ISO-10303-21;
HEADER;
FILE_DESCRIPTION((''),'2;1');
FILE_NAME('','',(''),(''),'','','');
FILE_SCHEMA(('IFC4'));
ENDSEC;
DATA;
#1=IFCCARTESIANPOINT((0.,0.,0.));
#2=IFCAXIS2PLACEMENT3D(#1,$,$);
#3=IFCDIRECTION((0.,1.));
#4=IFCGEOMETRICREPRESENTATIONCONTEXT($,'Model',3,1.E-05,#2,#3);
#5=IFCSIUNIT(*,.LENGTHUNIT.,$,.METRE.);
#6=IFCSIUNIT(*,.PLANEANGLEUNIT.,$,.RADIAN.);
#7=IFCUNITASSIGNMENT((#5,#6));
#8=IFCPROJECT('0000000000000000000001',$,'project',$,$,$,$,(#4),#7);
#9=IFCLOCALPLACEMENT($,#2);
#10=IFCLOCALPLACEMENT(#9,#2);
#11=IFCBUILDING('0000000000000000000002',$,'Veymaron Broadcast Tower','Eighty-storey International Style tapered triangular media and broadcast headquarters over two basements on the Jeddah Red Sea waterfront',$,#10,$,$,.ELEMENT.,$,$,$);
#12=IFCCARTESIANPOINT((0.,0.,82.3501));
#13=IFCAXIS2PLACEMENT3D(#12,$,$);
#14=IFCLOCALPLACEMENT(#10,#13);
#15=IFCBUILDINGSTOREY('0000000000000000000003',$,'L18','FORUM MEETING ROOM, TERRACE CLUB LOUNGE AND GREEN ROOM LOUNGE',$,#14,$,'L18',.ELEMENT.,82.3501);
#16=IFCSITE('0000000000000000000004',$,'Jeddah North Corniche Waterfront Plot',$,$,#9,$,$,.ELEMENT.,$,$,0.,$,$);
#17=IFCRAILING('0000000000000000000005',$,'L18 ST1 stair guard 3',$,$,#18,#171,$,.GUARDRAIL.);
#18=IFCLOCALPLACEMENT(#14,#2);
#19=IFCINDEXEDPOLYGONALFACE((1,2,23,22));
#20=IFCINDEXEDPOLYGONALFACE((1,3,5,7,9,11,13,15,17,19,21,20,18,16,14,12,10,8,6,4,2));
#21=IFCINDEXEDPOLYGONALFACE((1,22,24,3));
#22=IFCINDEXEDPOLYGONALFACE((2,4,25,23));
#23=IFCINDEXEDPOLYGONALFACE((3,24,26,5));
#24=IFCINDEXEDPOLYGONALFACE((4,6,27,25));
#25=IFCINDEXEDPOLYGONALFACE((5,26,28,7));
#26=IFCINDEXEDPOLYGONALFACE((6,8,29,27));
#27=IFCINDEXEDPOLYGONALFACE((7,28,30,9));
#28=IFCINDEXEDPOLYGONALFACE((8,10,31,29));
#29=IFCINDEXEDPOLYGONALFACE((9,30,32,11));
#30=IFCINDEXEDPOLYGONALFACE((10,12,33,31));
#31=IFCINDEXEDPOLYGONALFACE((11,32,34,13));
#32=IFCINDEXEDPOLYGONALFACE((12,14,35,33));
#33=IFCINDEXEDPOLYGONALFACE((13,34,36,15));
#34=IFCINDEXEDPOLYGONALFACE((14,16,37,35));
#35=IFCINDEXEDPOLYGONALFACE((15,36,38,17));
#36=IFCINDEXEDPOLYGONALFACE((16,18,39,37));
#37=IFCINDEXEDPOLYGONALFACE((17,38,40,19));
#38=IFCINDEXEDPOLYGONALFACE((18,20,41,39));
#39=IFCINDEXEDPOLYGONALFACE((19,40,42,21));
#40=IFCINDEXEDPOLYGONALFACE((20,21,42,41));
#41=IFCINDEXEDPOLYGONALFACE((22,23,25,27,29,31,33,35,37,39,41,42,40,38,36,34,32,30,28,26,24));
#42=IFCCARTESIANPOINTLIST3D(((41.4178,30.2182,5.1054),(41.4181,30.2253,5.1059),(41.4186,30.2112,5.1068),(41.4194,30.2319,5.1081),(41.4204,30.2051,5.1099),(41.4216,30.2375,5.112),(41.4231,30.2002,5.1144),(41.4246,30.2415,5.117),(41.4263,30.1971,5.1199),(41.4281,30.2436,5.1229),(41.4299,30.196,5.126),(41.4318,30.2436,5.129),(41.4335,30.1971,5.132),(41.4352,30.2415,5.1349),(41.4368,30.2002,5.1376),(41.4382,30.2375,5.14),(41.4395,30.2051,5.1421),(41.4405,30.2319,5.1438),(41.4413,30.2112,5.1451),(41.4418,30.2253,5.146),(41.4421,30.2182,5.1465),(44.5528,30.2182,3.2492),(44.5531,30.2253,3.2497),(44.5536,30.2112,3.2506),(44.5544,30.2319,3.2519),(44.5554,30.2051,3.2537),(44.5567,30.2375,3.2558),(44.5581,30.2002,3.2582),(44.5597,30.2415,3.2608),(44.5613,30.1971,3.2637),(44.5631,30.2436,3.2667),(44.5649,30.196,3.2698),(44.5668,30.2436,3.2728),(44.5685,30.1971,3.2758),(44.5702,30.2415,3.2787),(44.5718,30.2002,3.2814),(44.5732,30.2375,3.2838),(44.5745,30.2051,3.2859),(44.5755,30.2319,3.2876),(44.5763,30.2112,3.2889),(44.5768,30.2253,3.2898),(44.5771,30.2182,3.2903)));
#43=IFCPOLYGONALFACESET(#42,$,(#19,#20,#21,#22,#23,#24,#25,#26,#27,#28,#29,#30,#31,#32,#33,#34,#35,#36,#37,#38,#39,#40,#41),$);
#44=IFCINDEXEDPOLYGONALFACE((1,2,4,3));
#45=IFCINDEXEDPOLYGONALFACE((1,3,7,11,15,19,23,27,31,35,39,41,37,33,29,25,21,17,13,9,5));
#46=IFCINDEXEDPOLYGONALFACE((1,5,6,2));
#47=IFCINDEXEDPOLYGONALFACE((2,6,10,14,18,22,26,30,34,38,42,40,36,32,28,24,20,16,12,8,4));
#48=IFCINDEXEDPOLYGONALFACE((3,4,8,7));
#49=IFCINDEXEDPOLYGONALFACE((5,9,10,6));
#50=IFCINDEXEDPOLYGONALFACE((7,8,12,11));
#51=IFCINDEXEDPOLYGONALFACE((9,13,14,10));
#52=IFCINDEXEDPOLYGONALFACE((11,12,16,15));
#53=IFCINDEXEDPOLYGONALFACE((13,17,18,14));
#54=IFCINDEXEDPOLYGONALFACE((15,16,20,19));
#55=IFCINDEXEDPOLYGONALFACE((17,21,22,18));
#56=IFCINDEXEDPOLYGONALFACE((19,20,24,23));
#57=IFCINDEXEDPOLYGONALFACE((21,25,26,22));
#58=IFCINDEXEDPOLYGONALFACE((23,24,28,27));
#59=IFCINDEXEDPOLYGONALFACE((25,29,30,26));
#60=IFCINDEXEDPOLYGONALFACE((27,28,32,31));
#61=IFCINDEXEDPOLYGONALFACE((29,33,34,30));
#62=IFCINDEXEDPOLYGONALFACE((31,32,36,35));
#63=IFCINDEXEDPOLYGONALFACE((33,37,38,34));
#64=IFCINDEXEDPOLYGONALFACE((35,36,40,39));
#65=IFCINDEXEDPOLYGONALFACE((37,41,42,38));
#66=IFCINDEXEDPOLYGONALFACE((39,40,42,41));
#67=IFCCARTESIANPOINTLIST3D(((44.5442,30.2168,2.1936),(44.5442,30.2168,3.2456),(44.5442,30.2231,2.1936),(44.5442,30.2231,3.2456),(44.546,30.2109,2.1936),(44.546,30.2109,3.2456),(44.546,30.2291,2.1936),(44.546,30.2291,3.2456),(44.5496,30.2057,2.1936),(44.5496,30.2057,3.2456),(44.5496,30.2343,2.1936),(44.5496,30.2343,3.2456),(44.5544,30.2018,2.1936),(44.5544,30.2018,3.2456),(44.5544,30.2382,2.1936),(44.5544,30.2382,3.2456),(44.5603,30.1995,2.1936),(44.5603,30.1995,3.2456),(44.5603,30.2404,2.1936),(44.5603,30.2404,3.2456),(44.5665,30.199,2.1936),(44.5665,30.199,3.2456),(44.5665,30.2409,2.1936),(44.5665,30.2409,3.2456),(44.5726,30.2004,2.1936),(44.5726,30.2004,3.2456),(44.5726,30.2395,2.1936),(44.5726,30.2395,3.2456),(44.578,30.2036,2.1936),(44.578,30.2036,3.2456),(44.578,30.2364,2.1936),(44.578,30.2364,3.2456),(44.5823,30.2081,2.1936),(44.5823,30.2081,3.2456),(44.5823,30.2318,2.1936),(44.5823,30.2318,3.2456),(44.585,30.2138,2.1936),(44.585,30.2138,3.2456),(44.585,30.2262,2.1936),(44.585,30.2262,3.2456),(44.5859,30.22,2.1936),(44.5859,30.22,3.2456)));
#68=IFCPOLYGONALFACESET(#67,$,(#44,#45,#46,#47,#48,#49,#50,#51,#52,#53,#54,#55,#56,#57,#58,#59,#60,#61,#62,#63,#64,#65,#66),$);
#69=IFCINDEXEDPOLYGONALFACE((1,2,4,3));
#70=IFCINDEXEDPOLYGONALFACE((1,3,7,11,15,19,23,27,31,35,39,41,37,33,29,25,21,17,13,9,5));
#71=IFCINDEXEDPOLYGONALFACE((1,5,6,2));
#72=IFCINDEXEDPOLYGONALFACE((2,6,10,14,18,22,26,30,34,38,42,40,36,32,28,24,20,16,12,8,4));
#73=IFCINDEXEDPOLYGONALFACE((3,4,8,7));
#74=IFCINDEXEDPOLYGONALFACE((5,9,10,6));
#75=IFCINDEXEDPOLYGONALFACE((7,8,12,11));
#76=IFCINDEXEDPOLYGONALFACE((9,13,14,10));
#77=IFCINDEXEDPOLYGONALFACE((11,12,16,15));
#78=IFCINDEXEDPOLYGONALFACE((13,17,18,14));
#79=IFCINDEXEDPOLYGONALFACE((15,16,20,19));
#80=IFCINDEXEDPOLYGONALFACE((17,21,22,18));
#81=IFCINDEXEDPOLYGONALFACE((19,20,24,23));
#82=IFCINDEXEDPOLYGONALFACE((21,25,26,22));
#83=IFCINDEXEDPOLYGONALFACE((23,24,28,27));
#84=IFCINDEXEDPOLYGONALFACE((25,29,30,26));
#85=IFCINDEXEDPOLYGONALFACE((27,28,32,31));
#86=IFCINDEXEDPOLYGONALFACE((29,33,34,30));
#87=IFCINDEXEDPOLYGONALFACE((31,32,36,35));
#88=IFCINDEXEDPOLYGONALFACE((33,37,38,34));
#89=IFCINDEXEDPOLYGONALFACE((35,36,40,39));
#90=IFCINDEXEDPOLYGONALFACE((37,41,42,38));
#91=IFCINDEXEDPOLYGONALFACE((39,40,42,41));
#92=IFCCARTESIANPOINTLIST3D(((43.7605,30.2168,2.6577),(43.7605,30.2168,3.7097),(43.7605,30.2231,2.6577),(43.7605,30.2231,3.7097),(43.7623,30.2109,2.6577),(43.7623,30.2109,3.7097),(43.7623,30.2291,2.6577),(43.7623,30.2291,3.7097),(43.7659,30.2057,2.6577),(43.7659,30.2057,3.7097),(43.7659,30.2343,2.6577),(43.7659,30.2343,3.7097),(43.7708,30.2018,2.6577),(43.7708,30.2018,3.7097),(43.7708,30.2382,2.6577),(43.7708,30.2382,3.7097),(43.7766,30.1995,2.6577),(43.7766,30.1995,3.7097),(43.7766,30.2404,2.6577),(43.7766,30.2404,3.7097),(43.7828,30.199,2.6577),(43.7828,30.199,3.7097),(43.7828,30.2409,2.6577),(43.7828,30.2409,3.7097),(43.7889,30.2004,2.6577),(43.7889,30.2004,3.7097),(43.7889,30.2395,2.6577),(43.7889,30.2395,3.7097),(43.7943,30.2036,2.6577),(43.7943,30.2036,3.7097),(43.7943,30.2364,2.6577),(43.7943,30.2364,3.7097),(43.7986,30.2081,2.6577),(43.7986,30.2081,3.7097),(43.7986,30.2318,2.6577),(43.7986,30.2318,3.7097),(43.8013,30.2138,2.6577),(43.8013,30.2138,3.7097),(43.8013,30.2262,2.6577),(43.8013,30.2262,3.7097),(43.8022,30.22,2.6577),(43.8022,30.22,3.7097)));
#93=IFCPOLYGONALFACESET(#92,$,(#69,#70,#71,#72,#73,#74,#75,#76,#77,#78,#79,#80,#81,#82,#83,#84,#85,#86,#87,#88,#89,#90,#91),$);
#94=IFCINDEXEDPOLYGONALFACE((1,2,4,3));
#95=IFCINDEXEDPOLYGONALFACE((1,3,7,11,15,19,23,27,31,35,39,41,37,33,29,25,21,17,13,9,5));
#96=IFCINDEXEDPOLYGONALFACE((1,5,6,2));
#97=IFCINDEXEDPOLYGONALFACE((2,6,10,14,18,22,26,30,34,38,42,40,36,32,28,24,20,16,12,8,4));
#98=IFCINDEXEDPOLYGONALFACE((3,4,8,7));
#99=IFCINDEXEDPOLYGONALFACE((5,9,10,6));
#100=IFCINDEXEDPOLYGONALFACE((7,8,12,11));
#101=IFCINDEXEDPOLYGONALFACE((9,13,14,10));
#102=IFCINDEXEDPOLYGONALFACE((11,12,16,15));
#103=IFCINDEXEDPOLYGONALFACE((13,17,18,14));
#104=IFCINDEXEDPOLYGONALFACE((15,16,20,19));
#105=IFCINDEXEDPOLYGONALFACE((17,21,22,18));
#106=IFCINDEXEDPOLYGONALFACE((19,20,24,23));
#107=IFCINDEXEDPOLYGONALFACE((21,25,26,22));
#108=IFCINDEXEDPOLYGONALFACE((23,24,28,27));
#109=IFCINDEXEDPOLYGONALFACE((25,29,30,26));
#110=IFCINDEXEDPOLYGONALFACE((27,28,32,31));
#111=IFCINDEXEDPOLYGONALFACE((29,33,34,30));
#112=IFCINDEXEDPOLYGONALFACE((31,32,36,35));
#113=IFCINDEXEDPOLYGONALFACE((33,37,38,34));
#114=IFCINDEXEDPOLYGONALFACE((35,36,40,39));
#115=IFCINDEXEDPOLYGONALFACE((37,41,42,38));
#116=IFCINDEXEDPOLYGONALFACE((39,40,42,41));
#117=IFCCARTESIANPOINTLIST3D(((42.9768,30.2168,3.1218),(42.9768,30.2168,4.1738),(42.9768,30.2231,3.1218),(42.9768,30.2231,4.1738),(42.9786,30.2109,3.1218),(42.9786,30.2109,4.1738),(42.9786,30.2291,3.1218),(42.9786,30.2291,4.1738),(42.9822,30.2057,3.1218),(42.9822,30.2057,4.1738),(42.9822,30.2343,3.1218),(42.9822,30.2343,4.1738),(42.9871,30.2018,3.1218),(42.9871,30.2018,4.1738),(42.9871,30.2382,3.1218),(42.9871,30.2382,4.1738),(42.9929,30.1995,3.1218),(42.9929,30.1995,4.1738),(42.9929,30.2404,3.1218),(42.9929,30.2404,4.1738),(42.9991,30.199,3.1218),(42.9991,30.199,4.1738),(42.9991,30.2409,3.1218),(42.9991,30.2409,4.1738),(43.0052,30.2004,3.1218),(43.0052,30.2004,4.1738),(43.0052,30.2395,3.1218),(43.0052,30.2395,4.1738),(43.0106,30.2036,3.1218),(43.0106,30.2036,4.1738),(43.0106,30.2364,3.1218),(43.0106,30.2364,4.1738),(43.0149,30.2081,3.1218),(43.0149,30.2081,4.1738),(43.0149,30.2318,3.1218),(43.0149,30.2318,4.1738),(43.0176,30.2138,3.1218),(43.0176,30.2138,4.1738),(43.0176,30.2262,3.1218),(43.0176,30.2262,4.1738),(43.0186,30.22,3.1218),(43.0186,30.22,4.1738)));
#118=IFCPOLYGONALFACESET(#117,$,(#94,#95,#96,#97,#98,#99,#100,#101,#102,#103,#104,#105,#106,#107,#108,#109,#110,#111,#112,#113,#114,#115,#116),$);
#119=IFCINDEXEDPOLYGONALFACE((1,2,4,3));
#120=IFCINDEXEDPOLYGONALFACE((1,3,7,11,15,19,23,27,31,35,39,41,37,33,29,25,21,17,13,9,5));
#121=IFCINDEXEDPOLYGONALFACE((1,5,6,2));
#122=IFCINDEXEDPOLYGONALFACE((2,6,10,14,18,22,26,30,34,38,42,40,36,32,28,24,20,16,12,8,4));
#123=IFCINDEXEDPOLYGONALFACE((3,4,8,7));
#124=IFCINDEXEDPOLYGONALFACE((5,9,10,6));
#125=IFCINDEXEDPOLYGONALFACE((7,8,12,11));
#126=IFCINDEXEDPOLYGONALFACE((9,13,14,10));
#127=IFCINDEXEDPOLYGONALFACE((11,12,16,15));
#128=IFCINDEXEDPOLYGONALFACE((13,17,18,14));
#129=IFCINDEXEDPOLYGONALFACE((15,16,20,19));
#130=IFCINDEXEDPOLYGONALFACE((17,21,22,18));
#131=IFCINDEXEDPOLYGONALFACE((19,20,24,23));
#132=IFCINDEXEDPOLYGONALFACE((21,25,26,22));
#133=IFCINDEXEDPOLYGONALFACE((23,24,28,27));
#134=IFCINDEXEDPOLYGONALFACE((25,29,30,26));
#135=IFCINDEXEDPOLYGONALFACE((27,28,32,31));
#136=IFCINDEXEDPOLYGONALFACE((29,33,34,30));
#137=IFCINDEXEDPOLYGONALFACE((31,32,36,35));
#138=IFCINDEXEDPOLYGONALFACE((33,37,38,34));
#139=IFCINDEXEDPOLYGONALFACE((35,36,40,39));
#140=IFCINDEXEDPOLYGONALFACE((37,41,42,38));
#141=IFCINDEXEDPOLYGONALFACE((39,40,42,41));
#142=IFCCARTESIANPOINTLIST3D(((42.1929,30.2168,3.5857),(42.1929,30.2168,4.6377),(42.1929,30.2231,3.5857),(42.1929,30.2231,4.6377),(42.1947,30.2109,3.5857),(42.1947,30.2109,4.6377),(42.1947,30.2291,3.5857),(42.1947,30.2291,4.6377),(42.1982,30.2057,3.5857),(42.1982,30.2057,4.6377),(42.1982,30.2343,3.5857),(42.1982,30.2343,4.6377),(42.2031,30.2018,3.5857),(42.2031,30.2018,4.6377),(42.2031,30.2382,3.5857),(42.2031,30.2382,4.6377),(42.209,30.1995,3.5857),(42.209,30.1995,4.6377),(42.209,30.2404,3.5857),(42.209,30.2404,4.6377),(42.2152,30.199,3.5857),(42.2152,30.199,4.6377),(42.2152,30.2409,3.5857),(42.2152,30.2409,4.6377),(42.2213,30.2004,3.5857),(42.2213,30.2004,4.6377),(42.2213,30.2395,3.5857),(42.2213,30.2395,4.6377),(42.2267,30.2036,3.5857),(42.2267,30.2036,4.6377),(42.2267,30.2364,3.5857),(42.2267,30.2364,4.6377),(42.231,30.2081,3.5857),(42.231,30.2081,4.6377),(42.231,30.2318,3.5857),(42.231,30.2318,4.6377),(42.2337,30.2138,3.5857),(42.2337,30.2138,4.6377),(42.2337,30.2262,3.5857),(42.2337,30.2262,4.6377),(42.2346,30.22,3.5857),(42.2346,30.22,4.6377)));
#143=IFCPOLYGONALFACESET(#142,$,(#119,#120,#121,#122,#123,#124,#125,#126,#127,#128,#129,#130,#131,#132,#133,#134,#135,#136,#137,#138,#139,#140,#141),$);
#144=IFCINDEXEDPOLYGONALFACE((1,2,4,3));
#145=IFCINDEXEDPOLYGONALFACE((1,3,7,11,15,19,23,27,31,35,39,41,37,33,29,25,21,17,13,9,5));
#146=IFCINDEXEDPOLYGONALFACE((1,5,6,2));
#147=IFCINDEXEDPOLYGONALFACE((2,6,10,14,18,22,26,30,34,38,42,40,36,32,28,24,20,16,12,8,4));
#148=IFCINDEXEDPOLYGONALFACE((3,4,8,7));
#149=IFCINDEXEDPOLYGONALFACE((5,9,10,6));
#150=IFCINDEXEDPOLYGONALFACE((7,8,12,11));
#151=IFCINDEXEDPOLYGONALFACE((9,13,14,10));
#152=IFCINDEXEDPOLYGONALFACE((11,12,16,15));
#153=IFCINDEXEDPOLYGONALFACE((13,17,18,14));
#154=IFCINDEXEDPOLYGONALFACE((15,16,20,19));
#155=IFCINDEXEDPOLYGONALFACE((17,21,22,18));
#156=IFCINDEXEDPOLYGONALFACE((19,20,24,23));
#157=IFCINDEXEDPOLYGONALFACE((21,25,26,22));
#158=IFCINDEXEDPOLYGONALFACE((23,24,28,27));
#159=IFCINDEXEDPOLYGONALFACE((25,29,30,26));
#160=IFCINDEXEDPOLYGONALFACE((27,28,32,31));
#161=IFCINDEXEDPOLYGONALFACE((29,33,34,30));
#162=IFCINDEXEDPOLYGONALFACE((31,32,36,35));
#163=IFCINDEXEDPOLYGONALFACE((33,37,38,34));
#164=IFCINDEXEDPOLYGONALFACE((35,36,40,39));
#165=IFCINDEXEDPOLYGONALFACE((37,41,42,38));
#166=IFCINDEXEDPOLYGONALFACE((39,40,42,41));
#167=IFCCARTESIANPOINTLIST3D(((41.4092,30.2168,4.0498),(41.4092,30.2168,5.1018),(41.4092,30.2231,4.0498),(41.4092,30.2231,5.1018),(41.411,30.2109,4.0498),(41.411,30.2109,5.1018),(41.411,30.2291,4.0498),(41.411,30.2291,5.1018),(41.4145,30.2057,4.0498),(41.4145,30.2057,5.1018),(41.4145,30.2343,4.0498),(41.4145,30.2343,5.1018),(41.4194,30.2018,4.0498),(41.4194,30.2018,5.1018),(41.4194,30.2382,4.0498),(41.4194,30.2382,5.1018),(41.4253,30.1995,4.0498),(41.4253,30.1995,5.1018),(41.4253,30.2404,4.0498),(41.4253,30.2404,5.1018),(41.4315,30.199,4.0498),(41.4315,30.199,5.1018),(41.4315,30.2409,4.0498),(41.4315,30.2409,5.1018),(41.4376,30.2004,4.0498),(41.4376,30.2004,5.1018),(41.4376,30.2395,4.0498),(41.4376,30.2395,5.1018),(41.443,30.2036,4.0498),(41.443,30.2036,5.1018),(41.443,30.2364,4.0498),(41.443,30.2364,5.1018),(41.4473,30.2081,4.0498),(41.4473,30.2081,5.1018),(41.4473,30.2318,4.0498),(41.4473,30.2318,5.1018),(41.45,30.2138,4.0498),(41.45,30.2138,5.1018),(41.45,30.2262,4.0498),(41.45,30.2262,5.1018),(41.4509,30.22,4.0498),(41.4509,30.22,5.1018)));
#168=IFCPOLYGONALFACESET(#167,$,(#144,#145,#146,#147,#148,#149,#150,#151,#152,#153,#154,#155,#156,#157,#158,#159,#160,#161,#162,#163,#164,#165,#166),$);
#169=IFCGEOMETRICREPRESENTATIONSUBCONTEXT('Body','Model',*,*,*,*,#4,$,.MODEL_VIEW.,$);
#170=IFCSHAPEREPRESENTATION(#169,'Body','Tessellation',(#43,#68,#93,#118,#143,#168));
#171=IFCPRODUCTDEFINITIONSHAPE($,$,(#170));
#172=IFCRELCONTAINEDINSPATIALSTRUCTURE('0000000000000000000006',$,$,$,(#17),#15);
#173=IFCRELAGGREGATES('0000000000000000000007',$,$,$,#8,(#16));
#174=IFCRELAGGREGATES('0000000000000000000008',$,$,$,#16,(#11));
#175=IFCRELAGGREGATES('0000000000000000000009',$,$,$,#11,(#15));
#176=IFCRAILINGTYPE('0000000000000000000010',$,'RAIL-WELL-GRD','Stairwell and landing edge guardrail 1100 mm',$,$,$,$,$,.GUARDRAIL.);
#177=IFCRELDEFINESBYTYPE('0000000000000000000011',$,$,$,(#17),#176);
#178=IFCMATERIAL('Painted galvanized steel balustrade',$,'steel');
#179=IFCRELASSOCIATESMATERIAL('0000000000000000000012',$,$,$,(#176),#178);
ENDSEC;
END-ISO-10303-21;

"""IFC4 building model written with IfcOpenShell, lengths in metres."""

from ifc_helpers import new_model, si_unit, direction, frame, origin, origin_2d, place, context, subcontext, project, spatial, circle, extrude, material, type_object, element, save


model = new_model("IFC4")

# Units and contexts
model_context = context("Model", 3, precision=1e-05, world=origin(), true_north=direction((0.0, 1.0)))
body_context = subcontext(model_context, "Body", "Model", "MODEL_VIEW")
ifc_project = project(units=[si_unit("LENGTHUNIT", "METRE"), si_unit("PLANEANGLEUNIT", "RADIAN")], contexts=[model_context])

# Site, building, storey
site_placement = place(None, origin())
site = spatial("IfcSite", under=ifc_project, at=site_placement, Name="Jeddah North Corniche Waterfront Plot", CompositionType="ELEMENT", RefElevation=0.0)
building_placement = place(site_placement, origin())
building = spatial("IfcBuilding", under=site, at=building_placement, Name="Veymaron Broadcast Tower", Description="Eighty-storey International Style tapered triangular media and broadcast headquarters over two basements on the Jeddah Red Sea waterfront", CompositionType="ELEMENT")
storey_placement = place(building_placement, frame((0.0, 0.0, 82.3501)))
storey = spatial("IfcBuildingStorey", under=building, at=storey_placement, Name="L18", Description="FORUM MEETING ROOM, TERRACE CLUB LOUNGE AND GREEN ROOM LOUNGE", LongName="L18", CompositionType="ELEMENT", Elevation=82.3501)

# Railing
ifc_material_1 = material(Name="Painted galvanized steel balustrade", Category="steel")
railing_type_1 = type_object("IfcRailingType", Name="RAIL-WELL-GRD", Description="Stairwell and landing edge guardrail 1100 mm", PredefinedType="GUARDRAIL", material=ifc_material_1)
railing_1_placement = place(storey_placement, frame((44.5649, 30.22, 2.1936)))
element("IfcRailing", 1, at=railing_1_placement, inside=storey, type_object=railing_type_1, Name="L18 ST1 stair guard 3", PredefinedType="GUARDRAIL", context=body_context, shape_type="SweptSolid", body=[
    extrude(circle(Radius=0.0239, at=origin_2d()), frame((0.0, 0.0, 1.0762), z_axis=(-0.860482, 0.0, 0.509481), x_axis=(0.0, -1.0, 0.0)), (0.0, 0.0, 1.0), 3.6433),
    extrude(circle(Radius=0.021, at=origin_2d()), origin(), (0.0, 0.0, 1.0), 1.052),
    extrude(circle(Radius=0.021, at=origin_2d()), frame((-0.7837, 0.0, 0.4641)), (0.0, 0.0, 1.0), 1.052),
    extrude(circle(Radius=0.021, at=origin_2d()), frame((-1.5674, 0.0, 0.9282)), (0.0, 0.0, 1.0), 1.052),
    extrude(circle(Radius=0.021, at=origin_2d()), frame((-2.3513, 0.0, 1.3921)), (0.0, 0.0, 1.0), 1.052),
    extrude(circle(Radius=0.021, at=origin_2d()), frame((-3.135, 0.0, 1.8562)), (0.0, 0.0, 1.0), 1.052),
])

save(model, "model.ifc")
